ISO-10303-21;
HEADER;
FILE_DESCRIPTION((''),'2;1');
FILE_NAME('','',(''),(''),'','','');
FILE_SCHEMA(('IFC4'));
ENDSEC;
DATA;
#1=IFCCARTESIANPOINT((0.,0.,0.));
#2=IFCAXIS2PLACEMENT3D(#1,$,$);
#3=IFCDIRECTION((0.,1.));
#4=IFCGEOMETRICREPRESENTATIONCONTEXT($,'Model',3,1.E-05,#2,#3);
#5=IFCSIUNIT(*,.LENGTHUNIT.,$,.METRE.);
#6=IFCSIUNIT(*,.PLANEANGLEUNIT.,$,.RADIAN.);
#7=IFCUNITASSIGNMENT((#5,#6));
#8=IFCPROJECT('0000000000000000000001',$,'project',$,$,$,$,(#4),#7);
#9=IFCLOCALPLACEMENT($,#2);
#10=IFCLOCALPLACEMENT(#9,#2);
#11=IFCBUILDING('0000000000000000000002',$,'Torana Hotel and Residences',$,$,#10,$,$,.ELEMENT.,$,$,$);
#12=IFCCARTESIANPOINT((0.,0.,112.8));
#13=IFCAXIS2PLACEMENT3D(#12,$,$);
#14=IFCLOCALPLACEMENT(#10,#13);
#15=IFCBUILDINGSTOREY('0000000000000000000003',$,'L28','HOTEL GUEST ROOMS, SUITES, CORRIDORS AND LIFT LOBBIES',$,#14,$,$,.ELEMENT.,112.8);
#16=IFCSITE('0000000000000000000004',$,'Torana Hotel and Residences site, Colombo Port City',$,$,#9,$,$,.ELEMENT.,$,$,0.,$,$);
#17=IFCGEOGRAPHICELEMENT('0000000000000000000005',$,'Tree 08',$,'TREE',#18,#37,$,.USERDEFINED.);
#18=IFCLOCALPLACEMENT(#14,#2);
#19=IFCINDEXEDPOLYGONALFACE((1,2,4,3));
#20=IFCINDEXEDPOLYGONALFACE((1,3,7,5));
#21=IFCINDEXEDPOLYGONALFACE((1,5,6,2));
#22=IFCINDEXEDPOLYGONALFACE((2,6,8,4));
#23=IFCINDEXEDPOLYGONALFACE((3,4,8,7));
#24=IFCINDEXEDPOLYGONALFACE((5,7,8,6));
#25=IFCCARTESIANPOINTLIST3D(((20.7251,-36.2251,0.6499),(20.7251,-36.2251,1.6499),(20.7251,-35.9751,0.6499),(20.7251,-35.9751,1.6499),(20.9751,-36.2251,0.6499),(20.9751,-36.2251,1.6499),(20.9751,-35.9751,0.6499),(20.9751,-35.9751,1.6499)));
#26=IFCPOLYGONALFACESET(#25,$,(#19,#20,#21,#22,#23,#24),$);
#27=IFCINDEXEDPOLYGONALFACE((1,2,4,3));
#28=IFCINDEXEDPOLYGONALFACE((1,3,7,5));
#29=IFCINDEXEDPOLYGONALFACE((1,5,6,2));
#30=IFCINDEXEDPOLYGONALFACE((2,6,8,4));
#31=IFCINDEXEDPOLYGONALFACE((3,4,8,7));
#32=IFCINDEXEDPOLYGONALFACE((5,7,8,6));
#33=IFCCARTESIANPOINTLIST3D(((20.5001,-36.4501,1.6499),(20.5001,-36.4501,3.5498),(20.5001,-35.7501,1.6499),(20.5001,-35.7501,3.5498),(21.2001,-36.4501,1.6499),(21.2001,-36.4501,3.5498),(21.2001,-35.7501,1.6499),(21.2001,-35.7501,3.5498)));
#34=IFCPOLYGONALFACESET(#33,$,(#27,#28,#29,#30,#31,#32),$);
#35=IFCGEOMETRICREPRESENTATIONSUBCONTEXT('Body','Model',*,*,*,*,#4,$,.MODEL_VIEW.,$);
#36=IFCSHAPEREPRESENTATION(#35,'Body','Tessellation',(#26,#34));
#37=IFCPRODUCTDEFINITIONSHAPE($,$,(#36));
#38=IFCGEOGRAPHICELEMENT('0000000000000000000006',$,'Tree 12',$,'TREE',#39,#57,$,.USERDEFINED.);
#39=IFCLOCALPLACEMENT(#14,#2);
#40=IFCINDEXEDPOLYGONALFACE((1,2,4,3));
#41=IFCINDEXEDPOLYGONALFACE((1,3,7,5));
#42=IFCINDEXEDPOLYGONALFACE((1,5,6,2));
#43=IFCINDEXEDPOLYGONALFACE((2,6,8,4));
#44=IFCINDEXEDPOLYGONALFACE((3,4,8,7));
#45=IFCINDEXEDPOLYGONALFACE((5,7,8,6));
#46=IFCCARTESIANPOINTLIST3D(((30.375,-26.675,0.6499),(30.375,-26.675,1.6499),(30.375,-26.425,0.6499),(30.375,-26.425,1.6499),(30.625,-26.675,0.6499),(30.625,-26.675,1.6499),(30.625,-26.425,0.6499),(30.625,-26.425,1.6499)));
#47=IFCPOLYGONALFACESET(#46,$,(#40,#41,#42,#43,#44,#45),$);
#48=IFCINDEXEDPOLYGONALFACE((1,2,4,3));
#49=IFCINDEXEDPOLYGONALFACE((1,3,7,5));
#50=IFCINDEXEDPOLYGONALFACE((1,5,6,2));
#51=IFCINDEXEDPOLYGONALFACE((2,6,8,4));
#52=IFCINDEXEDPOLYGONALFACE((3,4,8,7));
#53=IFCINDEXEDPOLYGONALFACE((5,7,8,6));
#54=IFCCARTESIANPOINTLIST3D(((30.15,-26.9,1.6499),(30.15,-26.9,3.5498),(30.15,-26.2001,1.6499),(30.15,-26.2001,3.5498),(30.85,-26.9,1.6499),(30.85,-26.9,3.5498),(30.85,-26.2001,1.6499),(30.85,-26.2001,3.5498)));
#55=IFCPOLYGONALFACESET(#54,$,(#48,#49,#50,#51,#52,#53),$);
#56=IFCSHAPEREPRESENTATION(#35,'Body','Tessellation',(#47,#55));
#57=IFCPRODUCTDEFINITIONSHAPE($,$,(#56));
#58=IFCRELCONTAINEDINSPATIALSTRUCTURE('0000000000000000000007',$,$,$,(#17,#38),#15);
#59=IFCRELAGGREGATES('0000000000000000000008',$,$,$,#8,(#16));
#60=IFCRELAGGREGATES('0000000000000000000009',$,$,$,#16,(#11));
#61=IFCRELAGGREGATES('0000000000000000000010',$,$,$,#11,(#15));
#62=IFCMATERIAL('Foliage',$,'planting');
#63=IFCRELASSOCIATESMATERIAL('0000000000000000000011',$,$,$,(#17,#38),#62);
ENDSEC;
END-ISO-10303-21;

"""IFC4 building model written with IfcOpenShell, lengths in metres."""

from ifc_helpers import new_model, si_unit, direction, frame, origin, origin_2d, place, context, subcontext, project, spatial, rectangle, extrude, material, element, save


model = new_model("IFC4")

# Units and contexts
model_context = context("Model", 3, precision=1e-05, world=origin(), true_north=direction((0.0, 1.0)))
body_context = subcontext(model_context, "Body", "Model", "MODEL_VIEW")
ifc_project = project(units=[si_unit("LENGTHUNIT", "METRE"), si_unit("PLANEANGLEUNIT", "RADIAN")], contexts=[model_context])

# Site, building, storey
site_placement = place(None, origin())
site = spatial("IfcSite", under=ifc_project, at=site_placement, Name="Torana Hotel and Residences site, Colombo Port City", CompositionType="ELEMENT", RefElevation=0.0)
building_placement = place(site_placement, origin())
building = spatial("IfcBuilding", under=site, at=building_placement, Name="Torana Hotel and Residences", CompositionType="ELEMENT")
storey_placement = place(building_placement, frame((0.0, 0.0, 112.8)))
storey = spatial("IfcBuildingStorey", under=building, at=storey_placement, Name="L28", Description="HOTEL GUEST ROOMS, SUITES, CORRIDORS AND LIFT LOBBIES", CompositionType="ELEMENT", Elevation=112.8)

# Geographic elements
ifc_material_1 = material(Name="Foliage", Category="planting")
for number, where, z_axis, x_axis, name in (
    (1, (20.8501, -36.1001, 0.6499), (0.0, 0.0, 1.0), (1.0, 0.0, 0.0), "Tree 08"),
    (2, (30.5, -26.55, 0.6499), (0.0, 0.0, 1.0), (1.0, 0.0, 0.0), "Tree 12"),
):
    element("IfcGeographicElement", number, at=place(storey_placement, frame(where, z_axis=z_axis, x_axis=x_axis)), inside=storey, material=ifc_material_1, Name=name, ObjectType="TREE", PredefinedType="USERDEFINED", context=body_context, shape_type="SweptSolid", body=[
        extrude(rectangle(XDim=0.25, YDim=0.25, at=origin_2d()), origin(), (0.0, 0.0, 1.0), 1.0),
        extrude(rectangle(XDim=0.7, YDim=0.7, at=origin_2d()), frame((0.0, 0.0, 1.0)), (0.0, 0.0, 1.0), 1.8999),
    ])

save(model, "model.ifc")
